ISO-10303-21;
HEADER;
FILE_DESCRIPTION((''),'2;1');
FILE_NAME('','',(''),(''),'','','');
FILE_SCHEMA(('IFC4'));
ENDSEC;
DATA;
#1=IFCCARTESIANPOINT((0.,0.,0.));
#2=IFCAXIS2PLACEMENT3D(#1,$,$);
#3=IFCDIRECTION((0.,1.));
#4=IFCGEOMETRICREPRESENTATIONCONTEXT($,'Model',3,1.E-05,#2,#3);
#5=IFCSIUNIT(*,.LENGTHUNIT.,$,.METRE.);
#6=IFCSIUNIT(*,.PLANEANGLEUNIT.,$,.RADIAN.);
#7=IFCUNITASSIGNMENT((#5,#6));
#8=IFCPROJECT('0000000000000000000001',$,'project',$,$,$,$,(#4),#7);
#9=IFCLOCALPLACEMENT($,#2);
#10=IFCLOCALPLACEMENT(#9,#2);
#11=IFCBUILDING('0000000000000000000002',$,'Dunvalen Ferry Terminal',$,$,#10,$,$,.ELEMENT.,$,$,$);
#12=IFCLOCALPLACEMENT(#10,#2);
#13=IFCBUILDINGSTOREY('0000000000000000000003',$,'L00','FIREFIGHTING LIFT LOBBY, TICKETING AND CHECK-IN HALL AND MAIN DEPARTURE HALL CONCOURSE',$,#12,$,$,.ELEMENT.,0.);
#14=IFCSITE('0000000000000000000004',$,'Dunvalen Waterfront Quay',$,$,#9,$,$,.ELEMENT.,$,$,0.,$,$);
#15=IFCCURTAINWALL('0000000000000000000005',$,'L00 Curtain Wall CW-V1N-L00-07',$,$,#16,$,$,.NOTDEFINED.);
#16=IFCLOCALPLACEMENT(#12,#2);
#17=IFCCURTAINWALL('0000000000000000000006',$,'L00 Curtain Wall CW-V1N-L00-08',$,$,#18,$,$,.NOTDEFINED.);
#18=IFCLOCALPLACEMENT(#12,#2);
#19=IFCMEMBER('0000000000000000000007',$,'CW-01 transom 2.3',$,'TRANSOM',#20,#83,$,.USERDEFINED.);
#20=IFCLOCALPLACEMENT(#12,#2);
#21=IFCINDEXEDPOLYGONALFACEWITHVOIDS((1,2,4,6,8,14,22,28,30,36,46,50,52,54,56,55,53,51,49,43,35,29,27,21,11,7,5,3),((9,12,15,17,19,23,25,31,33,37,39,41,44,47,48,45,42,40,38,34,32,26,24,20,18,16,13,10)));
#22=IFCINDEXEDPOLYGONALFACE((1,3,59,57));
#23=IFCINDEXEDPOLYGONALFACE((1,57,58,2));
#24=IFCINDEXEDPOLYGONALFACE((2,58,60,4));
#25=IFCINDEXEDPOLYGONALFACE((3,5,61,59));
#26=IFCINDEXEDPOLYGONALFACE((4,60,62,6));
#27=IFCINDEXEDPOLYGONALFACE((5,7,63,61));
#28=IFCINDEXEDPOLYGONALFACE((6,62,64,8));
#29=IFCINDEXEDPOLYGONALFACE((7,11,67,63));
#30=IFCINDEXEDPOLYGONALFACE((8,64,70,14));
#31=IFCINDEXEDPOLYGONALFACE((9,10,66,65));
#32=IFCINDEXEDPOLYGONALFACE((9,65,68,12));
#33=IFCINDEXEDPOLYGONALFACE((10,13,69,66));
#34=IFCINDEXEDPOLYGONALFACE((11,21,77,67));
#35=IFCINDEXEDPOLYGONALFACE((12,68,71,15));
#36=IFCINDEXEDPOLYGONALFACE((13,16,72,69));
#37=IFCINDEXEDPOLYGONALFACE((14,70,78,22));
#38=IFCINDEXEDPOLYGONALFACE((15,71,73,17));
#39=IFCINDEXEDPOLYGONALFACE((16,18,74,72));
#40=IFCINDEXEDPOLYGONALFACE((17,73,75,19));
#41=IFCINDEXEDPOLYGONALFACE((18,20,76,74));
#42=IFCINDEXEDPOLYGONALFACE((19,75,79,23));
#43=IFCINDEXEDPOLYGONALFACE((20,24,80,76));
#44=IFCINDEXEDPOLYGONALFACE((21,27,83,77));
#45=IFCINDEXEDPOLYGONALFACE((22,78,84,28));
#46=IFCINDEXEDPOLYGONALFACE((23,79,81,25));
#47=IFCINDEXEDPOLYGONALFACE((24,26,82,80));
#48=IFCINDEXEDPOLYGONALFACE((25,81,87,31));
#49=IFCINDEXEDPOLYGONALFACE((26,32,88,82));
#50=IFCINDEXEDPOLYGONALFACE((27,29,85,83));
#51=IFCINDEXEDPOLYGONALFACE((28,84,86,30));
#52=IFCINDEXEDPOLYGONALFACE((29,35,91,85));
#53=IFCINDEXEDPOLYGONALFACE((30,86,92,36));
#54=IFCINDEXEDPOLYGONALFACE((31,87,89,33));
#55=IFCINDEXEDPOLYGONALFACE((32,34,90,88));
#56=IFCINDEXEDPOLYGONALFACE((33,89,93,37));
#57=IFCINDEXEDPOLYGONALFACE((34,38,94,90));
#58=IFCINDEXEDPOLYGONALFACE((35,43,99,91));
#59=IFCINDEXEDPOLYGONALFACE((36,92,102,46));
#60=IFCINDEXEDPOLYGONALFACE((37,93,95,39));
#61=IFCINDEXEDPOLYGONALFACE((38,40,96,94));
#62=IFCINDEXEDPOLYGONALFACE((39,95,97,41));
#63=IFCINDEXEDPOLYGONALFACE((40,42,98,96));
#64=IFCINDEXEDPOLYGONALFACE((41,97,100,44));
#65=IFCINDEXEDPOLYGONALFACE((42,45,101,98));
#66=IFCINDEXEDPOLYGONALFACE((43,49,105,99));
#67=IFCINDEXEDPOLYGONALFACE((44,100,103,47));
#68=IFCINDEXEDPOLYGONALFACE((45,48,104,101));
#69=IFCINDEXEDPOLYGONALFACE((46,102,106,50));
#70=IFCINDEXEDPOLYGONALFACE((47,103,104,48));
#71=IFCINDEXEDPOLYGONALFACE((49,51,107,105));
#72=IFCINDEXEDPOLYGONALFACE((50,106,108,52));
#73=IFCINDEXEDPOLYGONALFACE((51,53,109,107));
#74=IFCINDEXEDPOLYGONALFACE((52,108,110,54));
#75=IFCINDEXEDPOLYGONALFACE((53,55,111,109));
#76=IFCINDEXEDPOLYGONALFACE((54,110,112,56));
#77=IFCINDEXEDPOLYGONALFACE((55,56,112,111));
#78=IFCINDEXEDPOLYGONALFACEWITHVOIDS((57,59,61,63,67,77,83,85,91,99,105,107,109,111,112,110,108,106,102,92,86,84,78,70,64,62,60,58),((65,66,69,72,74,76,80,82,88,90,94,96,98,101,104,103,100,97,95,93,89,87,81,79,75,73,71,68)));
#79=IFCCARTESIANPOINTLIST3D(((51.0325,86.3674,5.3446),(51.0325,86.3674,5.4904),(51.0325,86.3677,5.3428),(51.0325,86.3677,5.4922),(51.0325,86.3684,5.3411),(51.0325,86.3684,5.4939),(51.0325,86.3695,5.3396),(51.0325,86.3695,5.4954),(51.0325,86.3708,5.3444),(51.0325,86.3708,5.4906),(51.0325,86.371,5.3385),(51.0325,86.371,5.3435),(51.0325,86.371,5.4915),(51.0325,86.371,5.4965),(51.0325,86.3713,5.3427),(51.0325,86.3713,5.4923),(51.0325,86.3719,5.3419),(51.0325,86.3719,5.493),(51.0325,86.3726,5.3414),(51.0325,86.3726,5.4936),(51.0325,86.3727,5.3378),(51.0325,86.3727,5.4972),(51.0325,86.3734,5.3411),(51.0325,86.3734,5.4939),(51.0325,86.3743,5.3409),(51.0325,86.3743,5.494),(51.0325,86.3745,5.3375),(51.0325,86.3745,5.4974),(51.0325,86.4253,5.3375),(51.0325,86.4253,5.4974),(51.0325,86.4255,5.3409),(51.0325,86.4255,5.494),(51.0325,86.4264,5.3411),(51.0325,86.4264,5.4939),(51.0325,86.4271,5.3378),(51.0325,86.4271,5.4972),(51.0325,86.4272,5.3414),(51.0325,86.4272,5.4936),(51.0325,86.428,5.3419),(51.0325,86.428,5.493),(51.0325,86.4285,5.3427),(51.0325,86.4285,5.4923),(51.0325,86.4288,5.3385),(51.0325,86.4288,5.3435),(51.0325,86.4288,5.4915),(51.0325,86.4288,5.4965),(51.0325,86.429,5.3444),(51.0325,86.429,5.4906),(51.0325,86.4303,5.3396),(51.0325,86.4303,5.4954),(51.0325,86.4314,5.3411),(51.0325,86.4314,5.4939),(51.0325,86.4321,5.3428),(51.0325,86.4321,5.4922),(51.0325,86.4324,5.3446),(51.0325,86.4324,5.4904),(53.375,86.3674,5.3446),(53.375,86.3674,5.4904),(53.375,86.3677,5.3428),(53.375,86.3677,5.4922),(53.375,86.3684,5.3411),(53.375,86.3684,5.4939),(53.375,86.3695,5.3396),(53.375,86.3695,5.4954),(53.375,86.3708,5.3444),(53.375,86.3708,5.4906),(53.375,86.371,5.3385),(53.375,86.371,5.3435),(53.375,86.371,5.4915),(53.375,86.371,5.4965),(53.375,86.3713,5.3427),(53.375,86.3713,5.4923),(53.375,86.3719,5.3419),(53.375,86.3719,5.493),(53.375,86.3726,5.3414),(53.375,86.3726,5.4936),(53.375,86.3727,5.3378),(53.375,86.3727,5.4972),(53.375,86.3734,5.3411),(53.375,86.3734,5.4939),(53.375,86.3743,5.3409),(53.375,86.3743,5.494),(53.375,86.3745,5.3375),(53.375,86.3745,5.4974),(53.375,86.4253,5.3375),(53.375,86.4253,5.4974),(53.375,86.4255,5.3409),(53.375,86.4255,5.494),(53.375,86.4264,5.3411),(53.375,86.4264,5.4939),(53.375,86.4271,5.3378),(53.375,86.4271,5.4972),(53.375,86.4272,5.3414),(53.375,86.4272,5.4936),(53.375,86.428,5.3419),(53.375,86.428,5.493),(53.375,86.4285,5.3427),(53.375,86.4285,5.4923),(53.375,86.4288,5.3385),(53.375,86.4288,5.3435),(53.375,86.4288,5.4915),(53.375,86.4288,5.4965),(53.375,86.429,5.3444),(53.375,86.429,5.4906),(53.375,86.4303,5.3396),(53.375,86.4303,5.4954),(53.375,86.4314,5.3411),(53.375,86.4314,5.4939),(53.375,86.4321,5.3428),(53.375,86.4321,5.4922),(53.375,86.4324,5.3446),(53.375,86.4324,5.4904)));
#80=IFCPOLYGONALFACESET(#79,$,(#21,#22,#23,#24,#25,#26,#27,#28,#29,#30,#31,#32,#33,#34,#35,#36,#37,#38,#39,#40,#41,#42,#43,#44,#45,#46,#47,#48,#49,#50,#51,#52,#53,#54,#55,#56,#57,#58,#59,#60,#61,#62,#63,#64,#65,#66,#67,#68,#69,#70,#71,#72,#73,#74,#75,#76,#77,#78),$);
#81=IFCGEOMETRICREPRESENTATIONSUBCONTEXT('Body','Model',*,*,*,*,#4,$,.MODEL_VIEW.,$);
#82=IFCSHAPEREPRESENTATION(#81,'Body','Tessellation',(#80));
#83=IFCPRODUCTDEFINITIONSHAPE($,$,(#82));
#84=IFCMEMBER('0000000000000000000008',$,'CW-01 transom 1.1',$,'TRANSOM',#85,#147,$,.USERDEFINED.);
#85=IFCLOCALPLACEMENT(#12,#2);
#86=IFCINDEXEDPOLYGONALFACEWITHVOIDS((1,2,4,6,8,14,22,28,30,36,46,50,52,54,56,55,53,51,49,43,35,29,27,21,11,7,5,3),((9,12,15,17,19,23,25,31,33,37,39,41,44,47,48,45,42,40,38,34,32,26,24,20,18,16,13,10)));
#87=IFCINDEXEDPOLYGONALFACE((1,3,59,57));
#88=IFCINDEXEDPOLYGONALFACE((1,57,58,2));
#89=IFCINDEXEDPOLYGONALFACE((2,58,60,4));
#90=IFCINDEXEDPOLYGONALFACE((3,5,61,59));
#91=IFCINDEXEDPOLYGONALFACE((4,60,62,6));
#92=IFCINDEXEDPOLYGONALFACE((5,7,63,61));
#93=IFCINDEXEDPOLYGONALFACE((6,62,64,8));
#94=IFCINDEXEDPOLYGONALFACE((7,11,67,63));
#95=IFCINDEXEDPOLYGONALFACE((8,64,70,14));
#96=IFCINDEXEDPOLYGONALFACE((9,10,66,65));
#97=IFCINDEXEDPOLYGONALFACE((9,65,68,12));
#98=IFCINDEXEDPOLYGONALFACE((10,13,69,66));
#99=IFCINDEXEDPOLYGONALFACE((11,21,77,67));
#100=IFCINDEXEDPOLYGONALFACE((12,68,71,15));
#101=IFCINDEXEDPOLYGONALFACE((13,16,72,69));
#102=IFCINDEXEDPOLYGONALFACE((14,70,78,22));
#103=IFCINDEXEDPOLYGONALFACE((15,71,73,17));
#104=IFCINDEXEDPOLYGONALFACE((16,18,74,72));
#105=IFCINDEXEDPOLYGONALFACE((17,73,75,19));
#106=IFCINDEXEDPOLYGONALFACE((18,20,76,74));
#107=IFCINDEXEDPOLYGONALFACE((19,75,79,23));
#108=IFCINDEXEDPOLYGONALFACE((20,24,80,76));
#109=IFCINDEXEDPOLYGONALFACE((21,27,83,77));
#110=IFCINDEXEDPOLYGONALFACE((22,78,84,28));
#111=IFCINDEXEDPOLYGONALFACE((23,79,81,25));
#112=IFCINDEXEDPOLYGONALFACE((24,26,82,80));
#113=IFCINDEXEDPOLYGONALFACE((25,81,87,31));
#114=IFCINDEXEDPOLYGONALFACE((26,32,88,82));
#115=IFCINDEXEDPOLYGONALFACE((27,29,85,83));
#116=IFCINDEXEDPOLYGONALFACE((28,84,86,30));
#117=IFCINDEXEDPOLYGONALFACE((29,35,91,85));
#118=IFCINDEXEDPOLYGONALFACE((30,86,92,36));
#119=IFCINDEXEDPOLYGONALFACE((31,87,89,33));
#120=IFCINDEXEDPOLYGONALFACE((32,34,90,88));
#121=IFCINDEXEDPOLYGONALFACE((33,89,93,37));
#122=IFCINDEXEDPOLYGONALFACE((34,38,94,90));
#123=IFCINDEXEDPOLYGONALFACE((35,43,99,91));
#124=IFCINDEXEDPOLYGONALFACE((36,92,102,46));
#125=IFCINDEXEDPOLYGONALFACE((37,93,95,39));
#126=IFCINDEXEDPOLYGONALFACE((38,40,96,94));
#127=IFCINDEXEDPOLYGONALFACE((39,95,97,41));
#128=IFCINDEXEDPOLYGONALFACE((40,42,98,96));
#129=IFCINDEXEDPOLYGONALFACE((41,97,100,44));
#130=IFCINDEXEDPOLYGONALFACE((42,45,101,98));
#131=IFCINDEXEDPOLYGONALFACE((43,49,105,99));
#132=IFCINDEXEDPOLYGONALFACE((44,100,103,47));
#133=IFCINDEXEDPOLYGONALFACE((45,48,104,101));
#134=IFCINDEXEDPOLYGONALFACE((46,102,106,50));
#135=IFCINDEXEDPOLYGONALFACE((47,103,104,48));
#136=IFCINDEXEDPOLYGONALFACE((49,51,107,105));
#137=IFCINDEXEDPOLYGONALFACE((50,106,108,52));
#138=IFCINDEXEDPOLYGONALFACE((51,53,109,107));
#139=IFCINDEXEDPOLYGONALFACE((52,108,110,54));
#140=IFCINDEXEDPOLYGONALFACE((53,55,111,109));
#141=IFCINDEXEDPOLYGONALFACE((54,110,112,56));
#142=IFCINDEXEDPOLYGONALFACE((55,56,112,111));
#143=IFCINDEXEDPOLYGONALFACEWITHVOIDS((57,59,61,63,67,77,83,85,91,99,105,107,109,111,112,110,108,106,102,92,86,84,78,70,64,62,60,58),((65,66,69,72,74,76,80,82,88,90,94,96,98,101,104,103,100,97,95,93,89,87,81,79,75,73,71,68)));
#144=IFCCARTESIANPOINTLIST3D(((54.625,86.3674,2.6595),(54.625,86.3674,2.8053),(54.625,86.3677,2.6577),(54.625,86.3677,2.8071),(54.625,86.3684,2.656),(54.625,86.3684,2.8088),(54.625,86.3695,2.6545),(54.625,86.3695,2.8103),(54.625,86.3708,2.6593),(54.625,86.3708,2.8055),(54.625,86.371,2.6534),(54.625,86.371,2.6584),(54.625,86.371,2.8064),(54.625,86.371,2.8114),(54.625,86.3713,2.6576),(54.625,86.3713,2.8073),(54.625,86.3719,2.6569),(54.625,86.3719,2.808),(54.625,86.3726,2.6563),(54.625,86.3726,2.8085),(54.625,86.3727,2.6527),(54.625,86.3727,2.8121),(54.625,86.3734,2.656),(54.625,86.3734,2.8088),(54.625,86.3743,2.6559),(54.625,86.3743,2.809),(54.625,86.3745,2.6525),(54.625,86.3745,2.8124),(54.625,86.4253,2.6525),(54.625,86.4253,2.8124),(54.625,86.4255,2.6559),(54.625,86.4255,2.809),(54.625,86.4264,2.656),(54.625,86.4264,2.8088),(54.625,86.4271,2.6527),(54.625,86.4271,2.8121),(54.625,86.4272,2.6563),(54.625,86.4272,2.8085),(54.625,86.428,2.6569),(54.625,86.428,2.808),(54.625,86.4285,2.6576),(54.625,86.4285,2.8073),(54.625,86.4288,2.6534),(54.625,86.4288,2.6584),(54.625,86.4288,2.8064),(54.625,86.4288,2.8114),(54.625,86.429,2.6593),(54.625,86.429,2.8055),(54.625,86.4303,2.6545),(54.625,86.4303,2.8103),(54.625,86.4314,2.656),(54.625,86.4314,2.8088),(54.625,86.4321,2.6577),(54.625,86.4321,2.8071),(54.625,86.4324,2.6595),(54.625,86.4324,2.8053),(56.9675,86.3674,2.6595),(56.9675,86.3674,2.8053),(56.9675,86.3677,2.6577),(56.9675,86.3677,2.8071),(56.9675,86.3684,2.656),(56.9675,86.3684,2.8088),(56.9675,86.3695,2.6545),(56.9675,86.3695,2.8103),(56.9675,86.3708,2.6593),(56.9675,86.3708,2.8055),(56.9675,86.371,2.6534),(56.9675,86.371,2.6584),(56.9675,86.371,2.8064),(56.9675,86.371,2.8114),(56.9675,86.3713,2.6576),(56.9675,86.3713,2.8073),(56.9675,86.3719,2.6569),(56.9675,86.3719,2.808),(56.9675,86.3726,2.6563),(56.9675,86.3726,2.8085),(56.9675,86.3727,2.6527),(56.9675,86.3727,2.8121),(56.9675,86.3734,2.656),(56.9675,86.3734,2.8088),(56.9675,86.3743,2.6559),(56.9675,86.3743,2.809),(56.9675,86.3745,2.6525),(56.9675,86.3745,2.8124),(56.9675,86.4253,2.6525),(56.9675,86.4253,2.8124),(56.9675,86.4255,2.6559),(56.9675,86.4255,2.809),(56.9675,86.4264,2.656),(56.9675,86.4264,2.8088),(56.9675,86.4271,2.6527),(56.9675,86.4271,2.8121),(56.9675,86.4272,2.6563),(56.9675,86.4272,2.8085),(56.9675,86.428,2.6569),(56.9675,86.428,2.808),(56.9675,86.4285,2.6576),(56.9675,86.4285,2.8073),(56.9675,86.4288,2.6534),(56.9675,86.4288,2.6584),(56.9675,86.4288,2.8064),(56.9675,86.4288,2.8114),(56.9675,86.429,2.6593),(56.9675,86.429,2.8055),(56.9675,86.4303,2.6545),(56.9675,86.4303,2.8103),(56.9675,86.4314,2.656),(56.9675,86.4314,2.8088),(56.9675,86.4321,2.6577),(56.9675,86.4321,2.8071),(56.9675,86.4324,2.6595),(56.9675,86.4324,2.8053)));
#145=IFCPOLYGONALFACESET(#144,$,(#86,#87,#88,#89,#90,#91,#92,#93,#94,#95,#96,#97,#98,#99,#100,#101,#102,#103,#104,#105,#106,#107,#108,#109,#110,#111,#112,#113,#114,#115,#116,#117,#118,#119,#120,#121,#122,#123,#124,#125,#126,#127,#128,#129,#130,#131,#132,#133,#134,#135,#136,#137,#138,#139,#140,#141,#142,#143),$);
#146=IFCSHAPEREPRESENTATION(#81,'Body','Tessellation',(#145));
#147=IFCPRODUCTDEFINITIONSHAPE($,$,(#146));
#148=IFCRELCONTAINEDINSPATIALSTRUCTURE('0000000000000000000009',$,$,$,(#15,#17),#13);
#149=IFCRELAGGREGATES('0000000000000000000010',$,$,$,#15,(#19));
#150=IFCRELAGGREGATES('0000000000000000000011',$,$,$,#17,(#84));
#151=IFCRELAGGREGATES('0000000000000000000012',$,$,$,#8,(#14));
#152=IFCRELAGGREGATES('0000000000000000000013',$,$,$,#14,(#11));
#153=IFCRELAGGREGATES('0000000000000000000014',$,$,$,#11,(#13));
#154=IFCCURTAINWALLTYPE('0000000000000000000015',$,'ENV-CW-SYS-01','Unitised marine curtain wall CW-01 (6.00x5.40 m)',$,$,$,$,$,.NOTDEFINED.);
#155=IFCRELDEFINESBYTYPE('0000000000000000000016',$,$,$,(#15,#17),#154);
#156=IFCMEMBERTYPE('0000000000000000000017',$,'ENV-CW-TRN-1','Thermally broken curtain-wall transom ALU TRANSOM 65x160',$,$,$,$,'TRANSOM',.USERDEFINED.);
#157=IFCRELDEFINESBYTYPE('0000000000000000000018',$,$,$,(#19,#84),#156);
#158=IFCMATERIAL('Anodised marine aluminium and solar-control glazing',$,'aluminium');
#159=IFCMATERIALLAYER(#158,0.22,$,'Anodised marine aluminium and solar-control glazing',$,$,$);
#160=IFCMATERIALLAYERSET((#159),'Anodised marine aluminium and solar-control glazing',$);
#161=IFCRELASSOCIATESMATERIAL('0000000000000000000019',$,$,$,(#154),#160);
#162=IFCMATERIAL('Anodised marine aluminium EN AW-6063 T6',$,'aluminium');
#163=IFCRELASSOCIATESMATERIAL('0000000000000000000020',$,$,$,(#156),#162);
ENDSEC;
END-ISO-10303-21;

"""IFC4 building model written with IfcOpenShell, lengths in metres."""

from ifc_helpers import new_model, si_unit, direction, frame, origin, origin_2d, place, context, subcontext, project, spatial, hollow_rectangle, extrude, material, layer, layer_set, material_profile, profile_set, type_object, element, aggregate, save


model = new_model("IFC4")

# Units and contexts
model_context = context("Model", 3, precision=1e-05, world=origin(), true_north=direction((0.0, 1.0)))
body_context = subcontext(model_context, "Body", "Model", "MODEL_VIEW")
ifc_project = project(units=[si_unit("LENGTHUNIT", "METRE"), si_unit("PLANEANGLEUNIT", "RADIAN")], contexts=[model_context])

# Site, building, storey
site_placement = place(None, origin())
site = spatial("IfcSite", under=ifc_project, at=site_placement, Name="Dunvalen Waterfront Quay", CompositionType="ELEMENT", RefElevation=0.0)
building_placement = place(site_placement, origin())
building = spatial("IfcBuilding", under=site, at=building_placement, Name="Dunvalen Ferry Terminal", CompositionType="ELEMENT")
storey_placement = place(building_placement, origin())
storey = spatial("IfcBuildingStorey", under=building, at=storey_placement, Name="L00", Description="FIREFIGHTING LIFT LOBBY, TICKETING AND CHECK-IN HALL AND MAIN DEPARTURE HALL CONCOURSE", CompositionType="ELEMENT", Elevation=0.0)

# Curtain wall
ifc_material_1 = material(Name="Anodised marine aluminium and solar-control glazing", Category="aluminium")
ifc_layer_1 = layer(ifc_material_1, 0.22, Name="Anodised marine aluminium and solar-control glazing")
ifc_layer_set_1 = layer_set([ifc_layer_1], Name="Anodised marine aluminium and solar-control glazing")
curtain_wall_type = type_object("IfcCurtainWallType", Name="ENV-CW-SYS-01", Description="Unitised marine curtain wall CW-01 (6.00x5.40 m)", PredefinedType="NOTDEFINED", material=ifc_layer_set_1)
curtain_wall_1_placement = place(storey_placement, origin())
curtain_wall_1 = element("IfcCurtainWall", 1, at=curtain_wall_1_placement, inside=storey, type_object=curtain_wall_type, Name="L00 Curtain Wall CW-V1N-L00-07", PredefinedType="NOTDEFINED")
ifc_material_2 = material(Name="Anodised marine aluminium EN AW-6063 T6", Category="aluminium")

# Curtain wall
curtain_wall_2_placement = place(storey_placement, origin())
curtain_wall_2 = element("IfcCurtainWall", 2, at=curtain_wall_2_placement, inside=storey, type_object=curtain_wall_type, Name="L00 Curtain Wall CW-V1N-L00-08", PredefinedType="NOTDEFINED")

# Members
ifc_material_profile_1 = material_profile(ifc_material_2, hollow_rectangle(XDim=0.0649, YDim=0.1599, WallThickness=0.0034, InnerFilletRadius=0.0034, OuterFilletRadius=0.0071, at=origin_2d()), Name="Anodised marine aluminium EN AW-6063 T6")
ifc_profile_set_1 = profile_set([ifc_material_profile_1], Name="Anodised marine aluminium EN AW-6063 T6")
member_type_1 = type_object("IfcMemberType", Name="ENV-CW-TRN-1", Description="Thermally broken curtain-wall transom ALU TRANSOM 65x160", ElementType="TRANSOM", PredefinedType="USERDEFINED", material=ifc_profile_set_1)
member_1_placement = place(storey_placement, frame((51.0325, 86.3999, 5.4175), z_axis=(1.0, 0.0, 0.0), x_axis=(0.0, 1.0, 0.0)))
member_1 = element("IfcMember", 3, at=member_1_placement, type_object=member_type_1, Name="CW-01 transom 2.3", ObjectType="TRANSOM", PredefinedType="USERDEFINED", context=body_context, shape_type="SweptSolid", body=[
    extrude(hollow_rectangle(XDim=0.0649, YDim=0.1599, WallThickness=0.0034, InnerFilletRadius=0.0034, OuterFilletRadius=0.0071, at=origin_2d()), origin(), (0.0, 0.0, 1.0), 2.3425),
])
member_2_placement = place(storey_placement, frame((54.625, 86.3999, 2.7324), z_axis=(1.0, 0.0, 0.0), x_axis=(0.0, 1.0, 0.0)))
member_2 = element("IfcMember", 4, at=member_2_placement, type_object=member_type_1, Name="CW-01 transom 1.1", ObjectType="TRANSOM", PredefinedType="USERDEFINED", context=body_context, shape_type="SweptSolid", body=[
    extrude(hollow_rectangle(XDim=0.0649, YDim=0.1599, WallThickness=0.0034, InnerFilletRadius=0.0034, OuterFilletRadius=0.0071, at=origin_2d()), origin(), (0.0, 0.0, 1.0), 2.3425),
])

aggregate(curtain_wall_1, [member_1])
aggregate(curtain_wall_2, [member_2])

save(model, "model.ifc")
